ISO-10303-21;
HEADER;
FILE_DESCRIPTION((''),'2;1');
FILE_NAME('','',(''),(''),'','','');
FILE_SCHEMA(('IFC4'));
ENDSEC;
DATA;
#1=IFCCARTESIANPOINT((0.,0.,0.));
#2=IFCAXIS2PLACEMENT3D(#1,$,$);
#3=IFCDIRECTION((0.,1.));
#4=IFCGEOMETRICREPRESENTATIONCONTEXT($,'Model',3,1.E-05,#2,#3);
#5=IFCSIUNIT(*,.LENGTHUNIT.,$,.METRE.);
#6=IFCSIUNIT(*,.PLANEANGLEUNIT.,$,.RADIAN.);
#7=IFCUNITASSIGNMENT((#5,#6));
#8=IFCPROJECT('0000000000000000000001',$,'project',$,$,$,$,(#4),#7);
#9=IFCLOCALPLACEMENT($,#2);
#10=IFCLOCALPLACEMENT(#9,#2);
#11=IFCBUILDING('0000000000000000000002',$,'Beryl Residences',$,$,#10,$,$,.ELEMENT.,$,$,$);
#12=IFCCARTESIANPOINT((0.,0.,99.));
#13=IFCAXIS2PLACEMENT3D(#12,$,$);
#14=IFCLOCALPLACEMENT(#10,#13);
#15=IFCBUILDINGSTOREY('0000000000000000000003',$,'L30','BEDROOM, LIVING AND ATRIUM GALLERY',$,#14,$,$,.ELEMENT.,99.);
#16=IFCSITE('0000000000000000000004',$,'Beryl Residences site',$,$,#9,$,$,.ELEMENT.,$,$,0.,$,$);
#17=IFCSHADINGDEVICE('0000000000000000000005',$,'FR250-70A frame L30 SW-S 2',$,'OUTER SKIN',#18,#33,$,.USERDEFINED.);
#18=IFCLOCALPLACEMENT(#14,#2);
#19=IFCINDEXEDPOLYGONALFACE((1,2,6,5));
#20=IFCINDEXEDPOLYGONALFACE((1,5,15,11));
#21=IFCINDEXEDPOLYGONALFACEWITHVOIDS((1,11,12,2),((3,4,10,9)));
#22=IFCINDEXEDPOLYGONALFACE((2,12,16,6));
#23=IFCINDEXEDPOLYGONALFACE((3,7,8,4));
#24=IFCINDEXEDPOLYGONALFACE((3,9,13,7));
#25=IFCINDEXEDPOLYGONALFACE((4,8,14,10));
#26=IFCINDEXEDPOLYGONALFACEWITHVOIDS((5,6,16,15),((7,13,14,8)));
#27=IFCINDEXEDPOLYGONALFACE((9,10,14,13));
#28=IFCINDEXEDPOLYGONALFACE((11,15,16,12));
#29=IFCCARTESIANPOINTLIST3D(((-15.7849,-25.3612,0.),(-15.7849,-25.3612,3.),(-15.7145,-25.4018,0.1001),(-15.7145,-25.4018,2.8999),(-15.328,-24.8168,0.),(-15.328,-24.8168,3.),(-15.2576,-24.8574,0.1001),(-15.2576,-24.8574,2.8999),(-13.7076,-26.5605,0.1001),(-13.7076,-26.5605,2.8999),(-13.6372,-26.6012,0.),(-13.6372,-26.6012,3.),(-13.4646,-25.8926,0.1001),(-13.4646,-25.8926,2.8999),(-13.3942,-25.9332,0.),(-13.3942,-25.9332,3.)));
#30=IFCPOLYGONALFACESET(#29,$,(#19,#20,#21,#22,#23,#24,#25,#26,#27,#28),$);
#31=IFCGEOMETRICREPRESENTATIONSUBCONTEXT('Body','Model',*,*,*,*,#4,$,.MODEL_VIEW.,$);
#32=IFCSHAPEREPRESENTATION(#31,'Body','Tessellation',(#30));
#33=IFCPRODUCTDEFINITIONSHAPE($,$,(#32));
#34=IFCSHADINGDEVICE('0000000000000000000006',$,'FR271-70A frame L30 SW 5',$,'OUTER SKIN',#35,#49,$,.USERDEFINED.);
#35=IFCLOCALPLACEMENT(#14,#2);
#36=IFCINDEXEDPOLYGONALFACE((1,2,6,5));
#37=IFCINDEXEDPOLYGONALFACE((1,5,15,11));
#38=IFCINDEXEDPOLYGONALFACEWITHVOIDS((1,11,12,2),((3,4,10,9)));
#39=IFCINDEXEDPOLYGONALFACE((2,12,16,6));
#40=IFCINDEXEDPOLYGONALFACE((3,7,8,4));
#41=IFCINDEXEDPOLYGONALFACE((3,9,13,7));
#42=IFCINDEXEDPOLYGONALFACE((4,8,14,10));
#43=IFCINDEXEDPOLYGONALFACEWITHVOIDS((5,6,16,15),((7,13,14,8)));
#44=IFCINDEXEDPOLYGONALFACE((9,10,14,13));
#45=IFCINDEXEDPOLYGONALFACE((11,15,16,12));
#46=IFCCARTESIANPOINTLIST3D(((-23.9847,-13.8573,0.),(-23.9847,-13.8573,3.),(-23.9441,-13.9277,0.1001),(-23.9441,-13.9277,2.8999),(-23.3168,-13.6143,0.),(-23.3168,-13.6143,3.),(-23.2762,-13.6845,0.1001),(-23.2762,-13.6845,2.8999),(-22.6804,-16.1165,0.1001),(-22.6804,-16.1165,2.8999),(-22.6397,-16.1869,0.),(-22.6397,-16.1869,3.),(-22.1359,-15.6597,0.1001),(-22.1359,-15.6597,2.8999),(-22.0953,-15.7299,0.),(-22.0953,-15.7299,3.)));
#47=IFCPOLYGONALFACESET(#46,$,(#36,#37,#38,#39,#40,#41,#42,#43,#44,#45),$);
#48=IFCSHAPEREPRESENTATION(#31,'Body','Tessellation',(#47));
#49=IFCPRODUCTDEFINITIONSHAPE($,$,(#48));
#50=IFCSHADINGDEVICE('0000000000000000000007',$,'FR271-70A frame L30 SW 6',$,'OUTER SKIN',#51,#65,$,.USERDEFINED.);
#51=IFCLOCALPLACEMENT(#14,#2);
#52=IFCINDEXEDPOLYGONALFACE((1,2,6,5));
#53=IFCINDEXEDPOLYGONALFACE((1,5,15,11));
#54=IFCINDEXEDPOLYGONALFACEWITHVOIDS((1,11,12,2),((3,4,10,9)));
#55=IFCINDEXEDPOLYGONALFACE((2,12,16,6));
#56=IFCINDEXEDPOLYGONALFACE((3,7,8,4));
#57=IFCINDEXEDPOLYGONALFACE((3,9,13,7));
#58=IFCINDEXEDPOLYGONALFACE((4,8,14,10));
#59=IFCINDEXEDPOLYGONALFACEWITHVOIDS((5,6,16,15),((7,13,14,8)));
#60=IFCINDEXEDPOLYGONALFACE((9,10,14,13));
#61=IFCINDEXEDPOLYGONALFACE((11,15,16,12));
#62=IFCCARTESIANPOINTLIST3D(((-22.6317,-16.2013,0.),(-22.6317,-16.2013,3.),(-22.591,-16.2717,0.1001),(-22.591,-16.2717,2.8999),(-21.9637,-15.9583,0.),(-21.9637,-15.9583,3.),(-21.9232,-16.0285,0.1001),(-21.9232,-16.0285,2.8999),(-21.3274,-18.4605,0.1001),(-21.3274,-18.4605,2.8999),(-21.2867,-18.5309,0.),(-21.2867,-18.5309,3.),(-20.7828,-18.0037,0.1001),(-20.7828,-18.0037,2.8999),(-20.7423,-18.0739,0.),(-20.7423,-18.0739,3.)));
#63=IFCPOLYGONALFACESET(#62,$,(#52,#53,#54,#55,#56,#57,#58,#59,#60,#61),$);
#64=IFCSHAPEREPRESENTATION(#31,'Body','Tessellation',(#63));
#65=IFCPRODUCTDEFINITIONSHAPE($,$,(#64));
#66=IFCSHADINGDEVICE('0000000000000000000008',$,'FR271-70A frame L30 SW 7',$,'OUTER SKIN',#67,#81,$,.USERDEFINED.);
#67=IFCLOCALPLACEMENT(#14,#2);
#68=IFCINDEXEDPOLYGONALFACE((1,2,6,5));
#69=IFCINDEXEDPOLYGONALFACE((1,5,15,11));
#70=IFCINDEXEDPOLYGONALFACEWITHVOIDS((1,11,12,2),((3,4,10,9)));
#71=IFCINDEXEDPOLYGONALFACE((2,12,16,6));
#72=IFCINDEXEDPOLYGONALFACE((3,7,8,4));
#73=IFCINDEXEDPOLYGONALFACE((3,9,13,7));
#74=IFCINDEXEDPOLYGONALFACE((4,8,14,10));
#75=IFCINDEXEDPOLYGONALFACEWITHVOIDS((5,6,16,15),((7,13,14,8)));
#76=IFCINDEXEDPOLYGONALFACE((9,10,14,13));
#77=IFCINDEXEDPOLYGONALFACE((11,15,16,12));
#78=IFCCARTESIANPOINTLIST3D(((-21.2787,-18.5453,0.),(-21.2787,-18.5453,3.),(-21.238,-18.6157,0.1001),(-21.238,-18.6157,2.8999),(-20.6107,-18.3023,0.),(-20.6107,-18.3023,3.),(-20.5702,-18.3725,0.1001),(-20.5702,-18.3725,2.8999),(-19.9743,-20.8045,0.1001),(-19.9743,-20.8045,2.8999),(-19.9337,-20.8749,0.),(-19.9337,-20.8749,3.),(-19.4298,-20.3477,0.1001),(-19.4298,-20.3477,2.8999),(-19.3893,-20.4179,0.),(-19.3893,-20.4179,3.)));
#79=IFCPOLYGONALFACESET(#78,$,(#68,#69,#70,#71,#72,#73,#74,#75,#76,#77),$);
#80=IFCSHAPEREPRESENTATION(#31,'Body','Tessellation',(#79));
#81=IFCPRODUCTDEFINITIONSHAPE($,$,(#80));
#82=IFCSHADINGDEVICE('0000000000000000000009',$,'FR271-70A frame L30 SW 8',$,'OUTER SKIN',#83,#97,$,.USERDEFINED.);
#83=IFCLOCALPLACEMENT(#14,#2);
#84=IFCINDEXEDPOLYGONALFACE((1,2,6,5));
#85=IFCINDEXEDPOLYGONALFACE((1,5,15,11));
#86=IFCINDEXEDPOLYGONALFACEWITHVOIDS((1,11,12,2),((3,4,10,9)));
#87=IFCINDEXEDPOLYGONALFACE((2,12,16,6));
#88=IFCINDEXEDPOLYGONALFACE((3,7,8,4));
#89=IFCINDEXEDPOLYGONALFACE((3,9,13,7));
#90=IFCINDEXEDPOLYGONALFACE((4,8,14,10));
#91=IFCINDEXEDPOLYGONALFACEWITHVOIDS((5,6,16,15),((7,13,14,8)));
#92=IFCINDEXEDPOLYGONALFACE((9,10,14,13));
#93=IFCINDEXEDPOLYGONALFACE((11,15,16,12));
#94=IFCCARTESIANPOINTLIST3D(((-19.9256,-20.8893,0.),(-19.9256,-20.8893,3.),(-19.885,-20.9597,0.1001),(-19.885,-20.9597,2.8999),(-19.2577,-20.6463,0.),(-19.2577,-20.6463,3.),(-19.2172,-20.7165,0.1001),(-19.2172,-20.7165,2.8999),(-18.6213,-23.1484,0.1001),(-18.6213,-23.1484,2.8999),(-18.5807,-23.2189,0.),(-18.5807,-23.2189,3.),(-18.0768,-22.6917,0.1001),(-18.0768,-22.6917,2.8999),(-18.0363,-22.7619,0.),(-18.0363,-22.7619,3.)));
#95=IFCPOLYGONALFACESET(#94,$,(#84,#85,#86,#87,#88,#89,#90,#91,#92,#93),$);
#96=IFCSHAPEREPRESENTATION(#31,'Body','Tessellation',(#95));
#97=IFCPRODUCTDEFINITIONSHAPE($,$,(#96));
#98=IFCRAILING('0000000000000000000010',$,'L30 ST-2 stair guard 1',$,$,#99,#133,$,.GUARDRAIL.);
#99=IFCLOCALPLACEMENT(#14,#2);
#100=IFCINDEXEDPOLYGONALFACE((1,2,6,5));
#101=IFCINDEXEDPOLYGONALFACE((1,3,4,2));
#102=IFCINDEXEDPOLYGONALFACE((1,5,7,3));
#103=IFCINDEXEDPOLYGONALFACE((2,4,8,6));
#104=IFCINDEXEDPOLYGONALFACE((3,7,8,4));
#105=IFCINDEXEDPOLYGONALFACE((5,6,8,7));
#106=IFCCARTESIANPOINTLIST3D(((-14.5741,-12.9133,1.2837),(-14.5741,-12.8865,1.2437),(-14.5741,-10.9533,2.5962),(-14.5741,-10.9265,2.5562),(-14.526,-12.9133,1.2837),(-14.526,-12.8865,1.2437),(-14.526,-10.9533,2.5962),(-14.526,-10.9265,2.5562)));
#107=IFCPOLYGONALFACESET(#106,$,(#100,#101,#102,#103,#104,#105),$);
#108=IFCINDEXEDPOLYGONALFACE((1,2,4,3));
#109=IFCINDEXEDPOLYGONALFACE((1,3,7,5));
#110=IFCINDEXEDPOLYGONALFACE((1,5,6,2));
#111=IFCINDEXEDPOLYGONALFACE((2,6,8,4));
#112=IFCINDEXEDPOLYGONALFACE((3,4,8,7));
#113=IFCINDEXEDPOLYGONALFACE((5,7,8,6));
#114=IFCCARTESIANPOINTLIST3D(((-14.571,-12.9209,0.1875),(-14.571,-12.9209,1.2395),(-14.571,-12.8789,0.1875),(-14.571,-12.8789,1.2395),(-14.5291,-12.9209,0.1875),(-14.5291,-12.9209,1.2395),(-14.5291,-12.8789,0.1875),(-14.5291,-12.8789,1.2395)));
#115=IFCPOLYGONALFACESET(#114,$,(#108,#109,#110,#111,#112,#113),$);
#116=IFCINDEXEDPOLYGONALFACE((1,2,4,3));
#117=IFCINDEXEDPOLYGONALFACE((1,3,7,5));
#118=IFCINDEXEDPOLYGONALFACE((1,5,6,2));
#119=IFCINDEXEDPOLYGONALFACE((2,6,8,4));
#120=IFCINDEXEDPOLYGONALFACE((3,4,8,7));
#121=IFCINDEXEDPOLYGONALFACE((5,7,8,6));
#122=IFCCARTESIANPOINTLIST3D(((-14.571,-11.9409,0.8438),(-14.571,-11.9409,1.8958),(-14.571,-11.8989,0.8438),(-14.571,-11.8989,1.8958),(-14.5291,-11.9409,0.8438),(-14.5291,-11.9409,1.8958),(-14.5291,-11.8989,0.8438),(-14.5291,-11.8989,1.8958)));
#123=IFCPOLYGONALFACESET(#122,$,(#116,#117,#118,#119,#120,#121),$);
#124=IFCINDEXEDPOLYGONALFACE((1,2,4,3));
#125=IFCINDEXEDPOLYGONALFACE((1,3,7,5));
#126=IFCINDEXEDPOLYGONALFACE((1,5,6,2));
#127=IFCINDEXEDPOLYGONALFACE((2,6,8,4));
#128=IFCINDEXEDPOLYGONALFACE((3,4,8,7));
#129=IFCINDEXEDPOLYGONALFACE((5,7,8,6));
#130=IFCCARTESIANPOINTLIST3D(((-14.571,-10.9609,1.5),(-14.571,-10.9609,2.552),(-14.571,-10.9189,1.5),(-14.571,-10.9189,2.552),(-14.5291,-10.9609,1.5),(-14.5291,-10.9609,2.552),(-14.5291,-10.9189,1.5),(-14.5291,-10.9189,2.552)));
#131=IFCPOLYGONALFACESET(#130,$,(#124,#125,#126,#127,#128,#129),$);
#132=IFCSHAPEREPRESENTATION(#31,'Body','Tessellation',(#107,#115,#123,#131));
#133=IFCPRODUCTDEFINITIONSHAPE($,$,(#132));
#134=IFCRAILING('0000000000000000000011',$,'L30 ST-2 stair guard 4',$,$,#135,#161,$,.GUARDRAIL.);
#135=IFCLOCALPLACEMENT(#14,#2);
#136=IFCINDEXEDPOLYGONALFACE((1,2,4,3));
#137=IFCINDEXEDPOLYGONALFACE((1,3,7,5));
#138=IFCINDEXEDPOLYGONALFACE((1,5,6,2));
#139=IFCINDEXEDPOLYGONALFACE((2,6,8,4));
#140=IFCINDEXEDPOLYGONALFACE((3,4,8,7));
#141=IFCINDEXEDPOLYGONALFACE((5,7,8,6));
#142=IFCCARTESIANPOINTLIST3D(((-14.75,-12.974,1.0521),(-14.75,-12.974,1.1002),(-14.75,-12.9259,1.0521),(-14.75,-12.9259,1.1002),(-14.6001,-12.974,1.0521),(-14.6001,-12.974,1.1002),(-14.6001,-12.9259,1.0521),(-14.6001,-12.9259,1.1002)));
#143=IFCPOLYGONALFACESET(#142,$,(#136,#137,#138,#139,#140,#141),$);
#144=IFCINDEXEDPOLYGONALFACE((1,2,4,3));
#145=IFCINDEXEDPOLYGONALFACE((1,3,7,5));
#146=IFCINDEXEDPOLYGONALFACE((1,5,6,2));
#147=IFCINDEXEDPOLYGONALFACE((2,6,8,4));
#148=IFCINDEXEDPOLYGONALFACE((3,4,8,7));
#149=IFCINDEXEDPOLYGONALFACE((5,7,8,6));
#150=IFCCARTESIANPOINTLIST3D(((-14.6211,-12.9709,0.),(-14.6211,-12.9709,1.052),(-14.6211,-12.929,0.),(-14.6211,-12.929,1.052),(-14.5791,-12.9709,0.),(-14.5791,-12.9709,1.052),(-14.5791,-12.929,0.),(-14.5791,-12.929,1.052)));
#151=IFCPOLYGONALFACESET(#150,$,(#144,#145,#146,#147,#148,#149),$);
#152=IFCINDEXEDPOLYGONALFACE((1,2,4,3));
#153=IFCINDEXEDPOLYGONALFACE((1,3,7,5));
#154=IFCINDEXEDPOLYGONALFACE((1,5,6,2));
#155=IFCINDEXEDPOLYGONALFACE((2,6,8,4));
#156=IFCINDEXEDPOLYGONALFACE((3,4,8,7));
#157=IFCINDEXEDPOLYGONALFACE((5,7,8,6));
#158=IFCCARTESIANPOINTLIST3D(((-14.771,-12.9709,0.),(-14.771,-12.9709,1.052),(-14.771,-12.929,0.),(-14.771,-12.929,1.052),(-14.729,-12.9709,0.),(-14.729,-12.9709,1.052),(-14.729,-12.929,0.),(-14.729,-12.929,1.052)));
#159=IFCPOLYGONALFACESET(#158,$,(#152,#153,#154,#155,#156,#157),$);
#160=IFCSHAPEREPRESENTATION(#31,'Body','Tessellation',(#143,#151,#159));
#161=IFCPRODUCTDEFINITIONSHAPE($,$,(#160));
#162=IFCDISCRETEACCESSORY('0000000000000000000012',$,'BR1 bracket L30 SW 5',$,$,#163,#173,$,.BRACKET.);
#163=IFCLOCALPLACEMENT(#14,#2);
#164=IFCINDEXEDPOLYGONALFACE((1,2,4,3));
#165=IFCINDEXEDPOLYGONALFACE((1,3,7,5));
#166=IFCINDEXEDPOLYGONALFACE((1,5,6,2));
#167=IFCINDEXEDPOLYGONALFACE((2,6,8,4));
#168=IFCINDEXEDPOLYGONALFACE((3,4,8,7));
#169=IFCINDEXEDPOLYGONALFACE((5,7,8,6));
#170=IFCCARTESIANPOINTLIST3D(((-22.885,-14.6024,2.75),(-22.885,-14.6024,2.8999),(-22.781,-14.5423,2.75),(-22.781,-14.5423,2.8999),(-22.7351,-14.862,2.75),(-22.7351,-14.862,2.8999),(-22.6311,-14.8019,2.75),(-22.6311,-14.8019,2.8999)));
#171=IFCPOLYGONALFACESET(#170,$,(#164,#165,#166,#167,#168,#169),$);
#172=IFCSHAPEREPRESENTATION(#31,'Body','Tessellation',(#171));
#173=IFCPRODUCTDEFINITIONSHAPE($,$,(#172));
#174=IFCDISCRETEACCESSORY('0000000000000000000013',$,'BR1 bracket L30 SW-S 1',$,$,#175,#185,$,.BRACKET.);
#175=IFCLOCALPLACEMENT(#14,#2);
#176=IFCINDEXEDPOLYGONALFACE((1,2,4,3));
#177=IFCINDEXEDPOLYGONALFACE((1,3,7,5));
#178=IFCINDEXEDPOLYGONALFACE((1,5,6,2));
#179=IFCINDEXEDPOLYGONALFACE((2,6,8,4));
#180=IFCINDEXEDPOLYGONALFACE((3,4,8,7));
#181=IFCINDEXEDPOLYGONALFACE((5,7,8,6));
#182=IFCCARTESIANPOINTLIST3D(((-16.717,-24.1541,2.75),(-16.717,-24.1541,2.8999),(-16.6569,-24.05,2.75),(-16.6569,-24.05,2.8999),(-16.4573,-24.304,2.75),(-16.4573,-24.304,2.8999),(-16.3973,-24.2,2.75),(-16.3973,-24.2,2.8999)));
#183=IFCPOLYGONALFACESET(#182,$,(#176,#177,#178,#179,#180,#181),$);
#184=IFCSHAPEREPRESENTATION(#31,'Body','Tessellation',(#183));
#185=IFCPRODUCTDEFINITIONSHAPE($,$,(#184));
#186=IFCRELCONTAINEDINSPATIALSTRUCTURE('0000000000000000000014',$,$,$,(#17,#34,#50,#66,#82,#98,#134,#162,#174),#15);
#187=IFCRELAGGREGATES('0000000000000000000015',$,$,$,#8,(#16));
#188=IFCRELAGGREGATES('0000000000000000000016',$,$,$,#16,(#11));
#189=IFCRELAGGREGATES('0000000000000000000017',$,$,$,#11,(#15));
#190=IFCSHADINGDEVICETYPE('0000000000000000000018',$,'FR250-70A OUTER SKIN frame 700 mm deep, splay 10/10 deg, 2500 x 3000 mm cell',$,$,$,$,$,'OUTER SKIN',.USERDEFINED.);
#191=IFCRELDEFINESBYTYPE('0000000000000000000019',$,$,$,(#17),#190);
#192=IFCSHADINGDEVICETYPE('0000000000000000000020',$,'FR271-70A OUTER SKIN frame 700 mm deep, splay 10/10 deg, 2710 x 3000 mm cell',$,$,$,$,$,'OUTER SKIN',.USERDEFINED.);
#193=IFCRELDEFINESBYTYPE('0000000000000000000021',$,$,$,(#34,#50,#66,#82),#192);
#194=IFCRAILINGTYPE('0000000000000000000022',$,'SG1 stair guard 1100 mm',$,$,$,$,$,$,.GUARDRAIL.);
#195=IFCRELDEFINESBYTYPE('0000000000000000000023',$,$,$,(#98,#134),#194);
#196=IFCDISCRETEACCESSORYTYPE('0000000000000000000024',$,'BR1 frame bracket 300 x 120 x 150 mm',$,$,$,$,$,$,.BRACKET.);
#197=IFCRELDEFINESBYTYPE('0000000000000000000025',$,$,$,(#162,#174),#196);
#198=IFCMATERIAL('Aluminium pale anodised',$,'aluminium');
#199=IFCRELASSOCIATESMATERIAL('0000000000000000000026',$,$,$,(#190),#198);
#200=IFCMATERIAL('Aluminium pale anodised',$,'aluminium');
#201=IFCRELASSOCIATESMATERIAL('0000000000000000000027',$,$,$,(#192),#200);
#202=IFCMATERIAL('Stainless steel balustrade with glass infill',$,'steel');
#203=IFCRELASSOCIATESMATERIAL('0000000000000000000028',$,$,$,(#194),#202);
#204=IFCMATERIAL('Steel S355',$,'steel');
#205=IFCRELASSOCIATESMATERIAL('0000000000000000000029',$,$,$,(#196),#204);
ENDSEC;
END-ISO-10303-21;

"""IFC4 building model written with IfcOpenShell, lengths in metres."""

from ifc_helpers import new_model, entity, si_unit, direction, frame, origin, origin_2d, place, context, subcontext, project, spatial, polyline, rectangle, outline, extrude, source, transform, mapped, material, type_object, type_shapes, element, save


model = new_model("IFC4")

# Units and contexts
model_context = context("Model", 3, precision=1e-05, world=origin(), true_north=direction((0.0, 1.0)))
body_context = subcontext(model_context, "Body", "Model", "MODEL_VIEW")
ifc_project = project(units=[si_unit("LENGTHUNIT", "METRE"), si_unit("PLANEANGLEUNIT", "RADIAN")], contexts=[model_context])

# Site, building, storey
site_placement = place(None, origin())
site = spatial("IfcSite", under=ifc_project, at=site_placement, Name="Beryl Residences site", CompositionType="ELEMENT", RefElevation=0.0)
building_placement = place(site_placement, origin())
building = spatial("IfcBuilding", under=site, at=building_placement, Name="Beryl Residences", CompositionType="ELEMENT")
storey_placement = place(building_placement, frame((0.0, 0.0, 99.0)))
storey = spatial("IfcBuildingStorey", under=building, at=storey_placement, Name="L30", Description="BEDROOM, LIVING AND ATRIUM GALLERY", CompositionType="ELEMENT", Elevation=99.0)

# Shading devices
ifc_material_1 = material(Name="Aluminium pale anodised", Category="aluminium")
shading_device_type_1 = type_object("IfcShadingDeviceType", Name="FR250-70A OUTER SKIN frame 700 mm deep, splay 10/10 deg, 2500 x 3000 mm cell", ElementType="OUTER SKIN", PredefinedType="USERDEFINED", material=ifc_material_1)
cartesian_point_1 = entity("IfcCartesianPoint", [-1.1165, 0.0])
cartesian_point_2 = entity("IfcCartesianPoint", [-1.0352, 0.1001])
cartesian_point_3 = entity("IfcCartesianPoint", [-1.24, 0.0])
cartesian_point_4 = entity("IfcCartesianPoint", [-1.1587, 0.1001])
shared_shape_1 = source(origin(), body_context, "Body", "SweptSolid", [
    entity("IfcExtrudedAreaSolidTapered", entity("IfcArbitraryProfileDefWithVoids", "AREA", None, entity("IfcPolyline", [cartesian_point_1, entity("IfcCartesianPoint", [1.1165, 0.0]), entity("IfcCartesianPoint", [1.1165, 3.0]), entity("IfcCartesianPoint", [-1.1165, 3.0]), cartesian_point_1]), [entity("IfcPolyline", [cartesian_point_2, entity("IfcCartesianPoint", [1.0352, 0.1001]), entity("IfcCartesianPoint", [1.0352, 2.8999]), entity("IfcCartesianPoint", [-1.0352, 2.8999]), cartesian_point_2])]), entity("IfcAxis2Placement3D", entity("IfcCartesianPoint", [0.0, 0.0, 0.0]), entity("IfcDirection", [0.0, 1.0, 0.0]), entity("IfcDirection", [-1.0, 0.0, 0.0])), entity("IfcDirection", [0.0, 0.0, 1.0]), 0.7, entity("IfcArbitraryProfileDefWithVoids", "AREA", None, entity("IfcPolyline", [cartesian_point_3, entity("IfcCartesianPoint", [1.24, 0.0]), entity("IfcCartesianPoint", [1.24, 3.0]), entity("IfcCartesianPoint", [-1.24, 3.0]), cartesian_point_3]), [entity("IfcPolyline", [cartesian_point_4, entity("IfcCartesianPoint", [1.1587, 0.1001]), entity("IfcCartesianPoint", [1.1587, 2.8999]), entity("IfcCartesianPoint", [-1.1587, 2.8999]), cartesian_point_4])])),
])
type_shapes(shading_device_type_1, [shared_shape_1])
for number, where, z_axis, x_axis, name in (
    (1, (-14.3611, -25.375, 0.0), (0.0, 0.0, 1.0), (-0.866025, 0.5, 0.0), "FR250-70A frame L30 SW-S 2"),
):
    element("IfcShadingDevice", number, at=place(storey_placement, frame(where, z_axis=z_axis, x_axis=x_axis)), inside=storey, type_object=shading_device_type_1, Name=name, ObjectType="OUTER SKIN", PredefinedType="USERDEFINED", context=body_context, shape_type="MappedRepresentation", body=[
        mapped(shared_shape_1, transform((0.0, 0.0, 0.0))),
    ])
ifc_material_2 = material(Name="Aluminium pale anodised", Category="aluminium")
shading_device_type_2 = type_object("IfcShadingDeviceType", Name="FR271-70A OUTER SKIN frame 700 mm deep, splay 10/10 deg, 2710 x 3000 mm cell", ElementType="OUTER SKIN", PredefinedType="USERDEFINED", material=ifc_material_2)
cartesian_point_5 = entity("IfcCartesianPoint", [-1.2214, 0.0])
cartesian_point_6 = entity("IfcCartesianPoint", [-1.1404, 0.1001])
cartesian_point_7 = entity("IfcCartesianPoint", [-1.345, 0.0])
cartesian_point_8 = entity("IfcCartesianPoint", [-1.2637, 0.1001])
shared_shape_2 = source(origin(), body_context, "Body", "SweptSolid", [
    entity("IfcExtrudedAreaSolidTapered", entity("IfcArbitraryProfileDefWithVoids", "AREA", None, entity("IfcPolyline", [cartesian_point_5, entity("IfcCartesianPoint", [1.2214, 0.0]), entity("IfcCartesianPoint", [1.2214, 3.0]), entity("IfcCartesianPoint", [-1.2214, 3.0]), cartesian_point_5]), [entity("IfcPolyline", [cartesian_point_6, entity("IfcCartesianPoint", [1.1404, 0.1001]), entity("IfcCartesianPoint", [1.1404, 2.8999]), entity("IfcCartesianPoint", [-1.1404, 2.8999]), cartesian_point_6])]), entity("IfcAxis2Placement3D", entity("IfcCartesianPoint", [0.0, 0.0, 0.0]), entity("IfcDirection", [0.0, 1.0, 0.0]), entity("IfcDirection", [-1.0, 0.0, 0.0])), entity("IfcDirection", [0.0, 0.0, 1.0]), 0.7, entity("IfcArbitraryProfileDefWithVoids", "AREA", None, entity("IfcPolyline", [cartesian_point_7, entity("IfcCartesianPoint", [1.345, 0.0]), entity("IfcCartesianPoint", [1.345, 3.0]), entity("IfcCartesianPoint", [-1.345, 3.0]), cartesian_point_7]), [entity("IfcPolyline", [cartesian_point_8, entity("IfcCartesianPoint", [1.2637, 0.1001]), entity("IfcCartesianPoint", [1.2637, 2.8999]), entity("IfcCartesianPoint", [-1.2637, 2.8999]), cartesian_point_8])])),
])
type_shapes(shading_device_type_2, [shared_shape_2])
for number, where, z_axis, x_axis, name in (
    (2, (-22.7061, -14.6721, 0.0), (0.0, 0.0, 1.0), (-0.5, 0.866025, 0.0), "FR271-70A frame L30 SW 5"),
    (3, (-21.353, -17.0161, 0.0), (0.0, 0.0, 1.0), (-0.5, 0.866025, 0.0), "FR271-70A frame L30 SW 6"),
    (4, (-20.0, -19.3601, 0.0), (0.0, 0.0, 1.0), (-0.5, 0.866025, 0.0), "FR271-70A frame L30 SW 7"),
    (5, (-18.647, -21.7041, 0.0), (0.0, 0.0, 1.0), (-0.5, 0.866025, 0.0), "FR271-70A frame L30 SW 8"),
):
    element("IfcShadingDevice", number, at=place(storey_placement, frame(where, z_axis=z_axis, x_axis=x_axis)), inside=storey, type_object=shading_device_type_2, Name=name, ObjectType="OUTER SKIN", PredefinedType="USERDEFINED", context=body_context, shape_type="MappedRepresentation", body=[
        mapped(shared_shape_2, transform((0.0, 0.0, 0.0))),
    ])

# Railings
ifc_material_3 = material(Name="Stainless steel balustrade with glass infill", Category="steel")
railing_type = type_object("IfcRailingType", Name="SG1 stair guard 1100 mm", PredefinedType="GUARDRAIL", material=ifc_material_3)
railing_1_placement = place(storey_placement, frame((-14.55, -12.8999, 0.1875)))
element("IfcRailing", 6, at=railing_1_placement, inside=storey, type_object=railing_type, Name="L30 ST-2 stair guard 1", PredefinedType="GUARDRAIL", context=body_context, shape_type="SweptSolid", body=[
    extrude(rectangle(XDim=0.0481, YDim=0.0481, at=origin_2d()), frame((0.0, 0.0, 1.0762), z_axis=(0.0, 0.830902, 0.556419), x_axis=(-1.0, 0.0, 0.0)), (0.0, 0.0, 1.0), 2.3589),
    extrude(rectangle(XDim=0.042, YDim=0.042, at=origin_2d()), origin(), (0.0, 0.0, 1.0), 1.052),
    extrude(rectangle(XDim=0.042, YDim=0.042, at=origin_2d()), frame((0.0, 0.98, 0.6562)), (0.0, 0.0, 1.0), 1.052),
    extrude(rectangle(XDim=0.042, YDim=0.042, at=origin_2d()), frame((0.0, 1.96, 1.3125)), (0.0, 0.0, 1.0), 1.052),
])
railing_2_placement = place(storey_placement, frame((-14.6001, -12.95, 0.0)))
element("IfcRailing", 7, at=railing_2_placement, inside=storey, type_object=railing_type, Name="L30 ST-2 stair guard 4", PredefinedType="GUARDRAIL", context=body_context, shape_type="SweptSolid", body=[
    extrude(rectangle(XDim=0.0481, YDim=0.0481, at=origin_2d()), frame((0.0, 0.0, 1.0762), z_axis=(-1.0, 0.0, 0.0), x_axis=(0.0, -1.0, 0.0)), (0.0, 0.0, 1.0), 0.1499),
    extrude(rectangle(XDim=0.042, YDim=0.042, at=origin_2d()), origin(), (0.0, 0.0, 1.0), 1.052),
    extrude(rectangle(XDim=0.042, YDim=0.042, at=origin_2d()), frame((-0.1499, 0.0, 0.0)), (0.0, 0.0, 1.0), 1.052),
])

# Discrete accessories
ifc_material_4 = material(Name="Steel S355", Category="steel")
discrete_accessory_type = type_object("IfcDiscreteAccessoryType", Name="BR1 frame bracket 300 x 120 x 150 mm", PredefinedType="BRACKET", material=ifc_material_4)
shared_shape_3 = source(origin(), body_context, "Body", "SweptSolid", [
    extrude(outline(polyline([(-0.1499, 0.0), (0.1499, 0.0), (0.1499, 0.1201), (-0.1499, 0.1201), (-0.1499, 0.0)])), origin(), (0.0, 0.0, 1.0), 0.1499),
])
type_shapes(discrete_accessory_type, [shared_shape_3])
for number, where, z_axis, x_axis, name in (
    (8, (-22.7061, -14.6721, 2.75), (0.0, 0.0, 1.0), (-0.5, 0.866025, 0.0), "BR1 bracket L30 SW 5"),
    (9, (-16.5271, -24.125, 2.75), (0.0, 0.0, 1.0), (-0.866025, 0.5, 0.0), "BR1 bracket L30 SW-S 1"),
):
    element("IfcDiscreteAccessory", number, at=place(storey_placement, frame(where, z_axis=z_axis, x_axis=x_axis)), inside=storey, type_object=discrete_accessory_type, Name=name, PredefinedType="BRACKET", context=body_context, shape_type="MappedRepresentation", body=[
        mapped(shared_shape_3, transform((0.0, 0.0, 0.0))),
    ])

save(model, "model.ifc")
